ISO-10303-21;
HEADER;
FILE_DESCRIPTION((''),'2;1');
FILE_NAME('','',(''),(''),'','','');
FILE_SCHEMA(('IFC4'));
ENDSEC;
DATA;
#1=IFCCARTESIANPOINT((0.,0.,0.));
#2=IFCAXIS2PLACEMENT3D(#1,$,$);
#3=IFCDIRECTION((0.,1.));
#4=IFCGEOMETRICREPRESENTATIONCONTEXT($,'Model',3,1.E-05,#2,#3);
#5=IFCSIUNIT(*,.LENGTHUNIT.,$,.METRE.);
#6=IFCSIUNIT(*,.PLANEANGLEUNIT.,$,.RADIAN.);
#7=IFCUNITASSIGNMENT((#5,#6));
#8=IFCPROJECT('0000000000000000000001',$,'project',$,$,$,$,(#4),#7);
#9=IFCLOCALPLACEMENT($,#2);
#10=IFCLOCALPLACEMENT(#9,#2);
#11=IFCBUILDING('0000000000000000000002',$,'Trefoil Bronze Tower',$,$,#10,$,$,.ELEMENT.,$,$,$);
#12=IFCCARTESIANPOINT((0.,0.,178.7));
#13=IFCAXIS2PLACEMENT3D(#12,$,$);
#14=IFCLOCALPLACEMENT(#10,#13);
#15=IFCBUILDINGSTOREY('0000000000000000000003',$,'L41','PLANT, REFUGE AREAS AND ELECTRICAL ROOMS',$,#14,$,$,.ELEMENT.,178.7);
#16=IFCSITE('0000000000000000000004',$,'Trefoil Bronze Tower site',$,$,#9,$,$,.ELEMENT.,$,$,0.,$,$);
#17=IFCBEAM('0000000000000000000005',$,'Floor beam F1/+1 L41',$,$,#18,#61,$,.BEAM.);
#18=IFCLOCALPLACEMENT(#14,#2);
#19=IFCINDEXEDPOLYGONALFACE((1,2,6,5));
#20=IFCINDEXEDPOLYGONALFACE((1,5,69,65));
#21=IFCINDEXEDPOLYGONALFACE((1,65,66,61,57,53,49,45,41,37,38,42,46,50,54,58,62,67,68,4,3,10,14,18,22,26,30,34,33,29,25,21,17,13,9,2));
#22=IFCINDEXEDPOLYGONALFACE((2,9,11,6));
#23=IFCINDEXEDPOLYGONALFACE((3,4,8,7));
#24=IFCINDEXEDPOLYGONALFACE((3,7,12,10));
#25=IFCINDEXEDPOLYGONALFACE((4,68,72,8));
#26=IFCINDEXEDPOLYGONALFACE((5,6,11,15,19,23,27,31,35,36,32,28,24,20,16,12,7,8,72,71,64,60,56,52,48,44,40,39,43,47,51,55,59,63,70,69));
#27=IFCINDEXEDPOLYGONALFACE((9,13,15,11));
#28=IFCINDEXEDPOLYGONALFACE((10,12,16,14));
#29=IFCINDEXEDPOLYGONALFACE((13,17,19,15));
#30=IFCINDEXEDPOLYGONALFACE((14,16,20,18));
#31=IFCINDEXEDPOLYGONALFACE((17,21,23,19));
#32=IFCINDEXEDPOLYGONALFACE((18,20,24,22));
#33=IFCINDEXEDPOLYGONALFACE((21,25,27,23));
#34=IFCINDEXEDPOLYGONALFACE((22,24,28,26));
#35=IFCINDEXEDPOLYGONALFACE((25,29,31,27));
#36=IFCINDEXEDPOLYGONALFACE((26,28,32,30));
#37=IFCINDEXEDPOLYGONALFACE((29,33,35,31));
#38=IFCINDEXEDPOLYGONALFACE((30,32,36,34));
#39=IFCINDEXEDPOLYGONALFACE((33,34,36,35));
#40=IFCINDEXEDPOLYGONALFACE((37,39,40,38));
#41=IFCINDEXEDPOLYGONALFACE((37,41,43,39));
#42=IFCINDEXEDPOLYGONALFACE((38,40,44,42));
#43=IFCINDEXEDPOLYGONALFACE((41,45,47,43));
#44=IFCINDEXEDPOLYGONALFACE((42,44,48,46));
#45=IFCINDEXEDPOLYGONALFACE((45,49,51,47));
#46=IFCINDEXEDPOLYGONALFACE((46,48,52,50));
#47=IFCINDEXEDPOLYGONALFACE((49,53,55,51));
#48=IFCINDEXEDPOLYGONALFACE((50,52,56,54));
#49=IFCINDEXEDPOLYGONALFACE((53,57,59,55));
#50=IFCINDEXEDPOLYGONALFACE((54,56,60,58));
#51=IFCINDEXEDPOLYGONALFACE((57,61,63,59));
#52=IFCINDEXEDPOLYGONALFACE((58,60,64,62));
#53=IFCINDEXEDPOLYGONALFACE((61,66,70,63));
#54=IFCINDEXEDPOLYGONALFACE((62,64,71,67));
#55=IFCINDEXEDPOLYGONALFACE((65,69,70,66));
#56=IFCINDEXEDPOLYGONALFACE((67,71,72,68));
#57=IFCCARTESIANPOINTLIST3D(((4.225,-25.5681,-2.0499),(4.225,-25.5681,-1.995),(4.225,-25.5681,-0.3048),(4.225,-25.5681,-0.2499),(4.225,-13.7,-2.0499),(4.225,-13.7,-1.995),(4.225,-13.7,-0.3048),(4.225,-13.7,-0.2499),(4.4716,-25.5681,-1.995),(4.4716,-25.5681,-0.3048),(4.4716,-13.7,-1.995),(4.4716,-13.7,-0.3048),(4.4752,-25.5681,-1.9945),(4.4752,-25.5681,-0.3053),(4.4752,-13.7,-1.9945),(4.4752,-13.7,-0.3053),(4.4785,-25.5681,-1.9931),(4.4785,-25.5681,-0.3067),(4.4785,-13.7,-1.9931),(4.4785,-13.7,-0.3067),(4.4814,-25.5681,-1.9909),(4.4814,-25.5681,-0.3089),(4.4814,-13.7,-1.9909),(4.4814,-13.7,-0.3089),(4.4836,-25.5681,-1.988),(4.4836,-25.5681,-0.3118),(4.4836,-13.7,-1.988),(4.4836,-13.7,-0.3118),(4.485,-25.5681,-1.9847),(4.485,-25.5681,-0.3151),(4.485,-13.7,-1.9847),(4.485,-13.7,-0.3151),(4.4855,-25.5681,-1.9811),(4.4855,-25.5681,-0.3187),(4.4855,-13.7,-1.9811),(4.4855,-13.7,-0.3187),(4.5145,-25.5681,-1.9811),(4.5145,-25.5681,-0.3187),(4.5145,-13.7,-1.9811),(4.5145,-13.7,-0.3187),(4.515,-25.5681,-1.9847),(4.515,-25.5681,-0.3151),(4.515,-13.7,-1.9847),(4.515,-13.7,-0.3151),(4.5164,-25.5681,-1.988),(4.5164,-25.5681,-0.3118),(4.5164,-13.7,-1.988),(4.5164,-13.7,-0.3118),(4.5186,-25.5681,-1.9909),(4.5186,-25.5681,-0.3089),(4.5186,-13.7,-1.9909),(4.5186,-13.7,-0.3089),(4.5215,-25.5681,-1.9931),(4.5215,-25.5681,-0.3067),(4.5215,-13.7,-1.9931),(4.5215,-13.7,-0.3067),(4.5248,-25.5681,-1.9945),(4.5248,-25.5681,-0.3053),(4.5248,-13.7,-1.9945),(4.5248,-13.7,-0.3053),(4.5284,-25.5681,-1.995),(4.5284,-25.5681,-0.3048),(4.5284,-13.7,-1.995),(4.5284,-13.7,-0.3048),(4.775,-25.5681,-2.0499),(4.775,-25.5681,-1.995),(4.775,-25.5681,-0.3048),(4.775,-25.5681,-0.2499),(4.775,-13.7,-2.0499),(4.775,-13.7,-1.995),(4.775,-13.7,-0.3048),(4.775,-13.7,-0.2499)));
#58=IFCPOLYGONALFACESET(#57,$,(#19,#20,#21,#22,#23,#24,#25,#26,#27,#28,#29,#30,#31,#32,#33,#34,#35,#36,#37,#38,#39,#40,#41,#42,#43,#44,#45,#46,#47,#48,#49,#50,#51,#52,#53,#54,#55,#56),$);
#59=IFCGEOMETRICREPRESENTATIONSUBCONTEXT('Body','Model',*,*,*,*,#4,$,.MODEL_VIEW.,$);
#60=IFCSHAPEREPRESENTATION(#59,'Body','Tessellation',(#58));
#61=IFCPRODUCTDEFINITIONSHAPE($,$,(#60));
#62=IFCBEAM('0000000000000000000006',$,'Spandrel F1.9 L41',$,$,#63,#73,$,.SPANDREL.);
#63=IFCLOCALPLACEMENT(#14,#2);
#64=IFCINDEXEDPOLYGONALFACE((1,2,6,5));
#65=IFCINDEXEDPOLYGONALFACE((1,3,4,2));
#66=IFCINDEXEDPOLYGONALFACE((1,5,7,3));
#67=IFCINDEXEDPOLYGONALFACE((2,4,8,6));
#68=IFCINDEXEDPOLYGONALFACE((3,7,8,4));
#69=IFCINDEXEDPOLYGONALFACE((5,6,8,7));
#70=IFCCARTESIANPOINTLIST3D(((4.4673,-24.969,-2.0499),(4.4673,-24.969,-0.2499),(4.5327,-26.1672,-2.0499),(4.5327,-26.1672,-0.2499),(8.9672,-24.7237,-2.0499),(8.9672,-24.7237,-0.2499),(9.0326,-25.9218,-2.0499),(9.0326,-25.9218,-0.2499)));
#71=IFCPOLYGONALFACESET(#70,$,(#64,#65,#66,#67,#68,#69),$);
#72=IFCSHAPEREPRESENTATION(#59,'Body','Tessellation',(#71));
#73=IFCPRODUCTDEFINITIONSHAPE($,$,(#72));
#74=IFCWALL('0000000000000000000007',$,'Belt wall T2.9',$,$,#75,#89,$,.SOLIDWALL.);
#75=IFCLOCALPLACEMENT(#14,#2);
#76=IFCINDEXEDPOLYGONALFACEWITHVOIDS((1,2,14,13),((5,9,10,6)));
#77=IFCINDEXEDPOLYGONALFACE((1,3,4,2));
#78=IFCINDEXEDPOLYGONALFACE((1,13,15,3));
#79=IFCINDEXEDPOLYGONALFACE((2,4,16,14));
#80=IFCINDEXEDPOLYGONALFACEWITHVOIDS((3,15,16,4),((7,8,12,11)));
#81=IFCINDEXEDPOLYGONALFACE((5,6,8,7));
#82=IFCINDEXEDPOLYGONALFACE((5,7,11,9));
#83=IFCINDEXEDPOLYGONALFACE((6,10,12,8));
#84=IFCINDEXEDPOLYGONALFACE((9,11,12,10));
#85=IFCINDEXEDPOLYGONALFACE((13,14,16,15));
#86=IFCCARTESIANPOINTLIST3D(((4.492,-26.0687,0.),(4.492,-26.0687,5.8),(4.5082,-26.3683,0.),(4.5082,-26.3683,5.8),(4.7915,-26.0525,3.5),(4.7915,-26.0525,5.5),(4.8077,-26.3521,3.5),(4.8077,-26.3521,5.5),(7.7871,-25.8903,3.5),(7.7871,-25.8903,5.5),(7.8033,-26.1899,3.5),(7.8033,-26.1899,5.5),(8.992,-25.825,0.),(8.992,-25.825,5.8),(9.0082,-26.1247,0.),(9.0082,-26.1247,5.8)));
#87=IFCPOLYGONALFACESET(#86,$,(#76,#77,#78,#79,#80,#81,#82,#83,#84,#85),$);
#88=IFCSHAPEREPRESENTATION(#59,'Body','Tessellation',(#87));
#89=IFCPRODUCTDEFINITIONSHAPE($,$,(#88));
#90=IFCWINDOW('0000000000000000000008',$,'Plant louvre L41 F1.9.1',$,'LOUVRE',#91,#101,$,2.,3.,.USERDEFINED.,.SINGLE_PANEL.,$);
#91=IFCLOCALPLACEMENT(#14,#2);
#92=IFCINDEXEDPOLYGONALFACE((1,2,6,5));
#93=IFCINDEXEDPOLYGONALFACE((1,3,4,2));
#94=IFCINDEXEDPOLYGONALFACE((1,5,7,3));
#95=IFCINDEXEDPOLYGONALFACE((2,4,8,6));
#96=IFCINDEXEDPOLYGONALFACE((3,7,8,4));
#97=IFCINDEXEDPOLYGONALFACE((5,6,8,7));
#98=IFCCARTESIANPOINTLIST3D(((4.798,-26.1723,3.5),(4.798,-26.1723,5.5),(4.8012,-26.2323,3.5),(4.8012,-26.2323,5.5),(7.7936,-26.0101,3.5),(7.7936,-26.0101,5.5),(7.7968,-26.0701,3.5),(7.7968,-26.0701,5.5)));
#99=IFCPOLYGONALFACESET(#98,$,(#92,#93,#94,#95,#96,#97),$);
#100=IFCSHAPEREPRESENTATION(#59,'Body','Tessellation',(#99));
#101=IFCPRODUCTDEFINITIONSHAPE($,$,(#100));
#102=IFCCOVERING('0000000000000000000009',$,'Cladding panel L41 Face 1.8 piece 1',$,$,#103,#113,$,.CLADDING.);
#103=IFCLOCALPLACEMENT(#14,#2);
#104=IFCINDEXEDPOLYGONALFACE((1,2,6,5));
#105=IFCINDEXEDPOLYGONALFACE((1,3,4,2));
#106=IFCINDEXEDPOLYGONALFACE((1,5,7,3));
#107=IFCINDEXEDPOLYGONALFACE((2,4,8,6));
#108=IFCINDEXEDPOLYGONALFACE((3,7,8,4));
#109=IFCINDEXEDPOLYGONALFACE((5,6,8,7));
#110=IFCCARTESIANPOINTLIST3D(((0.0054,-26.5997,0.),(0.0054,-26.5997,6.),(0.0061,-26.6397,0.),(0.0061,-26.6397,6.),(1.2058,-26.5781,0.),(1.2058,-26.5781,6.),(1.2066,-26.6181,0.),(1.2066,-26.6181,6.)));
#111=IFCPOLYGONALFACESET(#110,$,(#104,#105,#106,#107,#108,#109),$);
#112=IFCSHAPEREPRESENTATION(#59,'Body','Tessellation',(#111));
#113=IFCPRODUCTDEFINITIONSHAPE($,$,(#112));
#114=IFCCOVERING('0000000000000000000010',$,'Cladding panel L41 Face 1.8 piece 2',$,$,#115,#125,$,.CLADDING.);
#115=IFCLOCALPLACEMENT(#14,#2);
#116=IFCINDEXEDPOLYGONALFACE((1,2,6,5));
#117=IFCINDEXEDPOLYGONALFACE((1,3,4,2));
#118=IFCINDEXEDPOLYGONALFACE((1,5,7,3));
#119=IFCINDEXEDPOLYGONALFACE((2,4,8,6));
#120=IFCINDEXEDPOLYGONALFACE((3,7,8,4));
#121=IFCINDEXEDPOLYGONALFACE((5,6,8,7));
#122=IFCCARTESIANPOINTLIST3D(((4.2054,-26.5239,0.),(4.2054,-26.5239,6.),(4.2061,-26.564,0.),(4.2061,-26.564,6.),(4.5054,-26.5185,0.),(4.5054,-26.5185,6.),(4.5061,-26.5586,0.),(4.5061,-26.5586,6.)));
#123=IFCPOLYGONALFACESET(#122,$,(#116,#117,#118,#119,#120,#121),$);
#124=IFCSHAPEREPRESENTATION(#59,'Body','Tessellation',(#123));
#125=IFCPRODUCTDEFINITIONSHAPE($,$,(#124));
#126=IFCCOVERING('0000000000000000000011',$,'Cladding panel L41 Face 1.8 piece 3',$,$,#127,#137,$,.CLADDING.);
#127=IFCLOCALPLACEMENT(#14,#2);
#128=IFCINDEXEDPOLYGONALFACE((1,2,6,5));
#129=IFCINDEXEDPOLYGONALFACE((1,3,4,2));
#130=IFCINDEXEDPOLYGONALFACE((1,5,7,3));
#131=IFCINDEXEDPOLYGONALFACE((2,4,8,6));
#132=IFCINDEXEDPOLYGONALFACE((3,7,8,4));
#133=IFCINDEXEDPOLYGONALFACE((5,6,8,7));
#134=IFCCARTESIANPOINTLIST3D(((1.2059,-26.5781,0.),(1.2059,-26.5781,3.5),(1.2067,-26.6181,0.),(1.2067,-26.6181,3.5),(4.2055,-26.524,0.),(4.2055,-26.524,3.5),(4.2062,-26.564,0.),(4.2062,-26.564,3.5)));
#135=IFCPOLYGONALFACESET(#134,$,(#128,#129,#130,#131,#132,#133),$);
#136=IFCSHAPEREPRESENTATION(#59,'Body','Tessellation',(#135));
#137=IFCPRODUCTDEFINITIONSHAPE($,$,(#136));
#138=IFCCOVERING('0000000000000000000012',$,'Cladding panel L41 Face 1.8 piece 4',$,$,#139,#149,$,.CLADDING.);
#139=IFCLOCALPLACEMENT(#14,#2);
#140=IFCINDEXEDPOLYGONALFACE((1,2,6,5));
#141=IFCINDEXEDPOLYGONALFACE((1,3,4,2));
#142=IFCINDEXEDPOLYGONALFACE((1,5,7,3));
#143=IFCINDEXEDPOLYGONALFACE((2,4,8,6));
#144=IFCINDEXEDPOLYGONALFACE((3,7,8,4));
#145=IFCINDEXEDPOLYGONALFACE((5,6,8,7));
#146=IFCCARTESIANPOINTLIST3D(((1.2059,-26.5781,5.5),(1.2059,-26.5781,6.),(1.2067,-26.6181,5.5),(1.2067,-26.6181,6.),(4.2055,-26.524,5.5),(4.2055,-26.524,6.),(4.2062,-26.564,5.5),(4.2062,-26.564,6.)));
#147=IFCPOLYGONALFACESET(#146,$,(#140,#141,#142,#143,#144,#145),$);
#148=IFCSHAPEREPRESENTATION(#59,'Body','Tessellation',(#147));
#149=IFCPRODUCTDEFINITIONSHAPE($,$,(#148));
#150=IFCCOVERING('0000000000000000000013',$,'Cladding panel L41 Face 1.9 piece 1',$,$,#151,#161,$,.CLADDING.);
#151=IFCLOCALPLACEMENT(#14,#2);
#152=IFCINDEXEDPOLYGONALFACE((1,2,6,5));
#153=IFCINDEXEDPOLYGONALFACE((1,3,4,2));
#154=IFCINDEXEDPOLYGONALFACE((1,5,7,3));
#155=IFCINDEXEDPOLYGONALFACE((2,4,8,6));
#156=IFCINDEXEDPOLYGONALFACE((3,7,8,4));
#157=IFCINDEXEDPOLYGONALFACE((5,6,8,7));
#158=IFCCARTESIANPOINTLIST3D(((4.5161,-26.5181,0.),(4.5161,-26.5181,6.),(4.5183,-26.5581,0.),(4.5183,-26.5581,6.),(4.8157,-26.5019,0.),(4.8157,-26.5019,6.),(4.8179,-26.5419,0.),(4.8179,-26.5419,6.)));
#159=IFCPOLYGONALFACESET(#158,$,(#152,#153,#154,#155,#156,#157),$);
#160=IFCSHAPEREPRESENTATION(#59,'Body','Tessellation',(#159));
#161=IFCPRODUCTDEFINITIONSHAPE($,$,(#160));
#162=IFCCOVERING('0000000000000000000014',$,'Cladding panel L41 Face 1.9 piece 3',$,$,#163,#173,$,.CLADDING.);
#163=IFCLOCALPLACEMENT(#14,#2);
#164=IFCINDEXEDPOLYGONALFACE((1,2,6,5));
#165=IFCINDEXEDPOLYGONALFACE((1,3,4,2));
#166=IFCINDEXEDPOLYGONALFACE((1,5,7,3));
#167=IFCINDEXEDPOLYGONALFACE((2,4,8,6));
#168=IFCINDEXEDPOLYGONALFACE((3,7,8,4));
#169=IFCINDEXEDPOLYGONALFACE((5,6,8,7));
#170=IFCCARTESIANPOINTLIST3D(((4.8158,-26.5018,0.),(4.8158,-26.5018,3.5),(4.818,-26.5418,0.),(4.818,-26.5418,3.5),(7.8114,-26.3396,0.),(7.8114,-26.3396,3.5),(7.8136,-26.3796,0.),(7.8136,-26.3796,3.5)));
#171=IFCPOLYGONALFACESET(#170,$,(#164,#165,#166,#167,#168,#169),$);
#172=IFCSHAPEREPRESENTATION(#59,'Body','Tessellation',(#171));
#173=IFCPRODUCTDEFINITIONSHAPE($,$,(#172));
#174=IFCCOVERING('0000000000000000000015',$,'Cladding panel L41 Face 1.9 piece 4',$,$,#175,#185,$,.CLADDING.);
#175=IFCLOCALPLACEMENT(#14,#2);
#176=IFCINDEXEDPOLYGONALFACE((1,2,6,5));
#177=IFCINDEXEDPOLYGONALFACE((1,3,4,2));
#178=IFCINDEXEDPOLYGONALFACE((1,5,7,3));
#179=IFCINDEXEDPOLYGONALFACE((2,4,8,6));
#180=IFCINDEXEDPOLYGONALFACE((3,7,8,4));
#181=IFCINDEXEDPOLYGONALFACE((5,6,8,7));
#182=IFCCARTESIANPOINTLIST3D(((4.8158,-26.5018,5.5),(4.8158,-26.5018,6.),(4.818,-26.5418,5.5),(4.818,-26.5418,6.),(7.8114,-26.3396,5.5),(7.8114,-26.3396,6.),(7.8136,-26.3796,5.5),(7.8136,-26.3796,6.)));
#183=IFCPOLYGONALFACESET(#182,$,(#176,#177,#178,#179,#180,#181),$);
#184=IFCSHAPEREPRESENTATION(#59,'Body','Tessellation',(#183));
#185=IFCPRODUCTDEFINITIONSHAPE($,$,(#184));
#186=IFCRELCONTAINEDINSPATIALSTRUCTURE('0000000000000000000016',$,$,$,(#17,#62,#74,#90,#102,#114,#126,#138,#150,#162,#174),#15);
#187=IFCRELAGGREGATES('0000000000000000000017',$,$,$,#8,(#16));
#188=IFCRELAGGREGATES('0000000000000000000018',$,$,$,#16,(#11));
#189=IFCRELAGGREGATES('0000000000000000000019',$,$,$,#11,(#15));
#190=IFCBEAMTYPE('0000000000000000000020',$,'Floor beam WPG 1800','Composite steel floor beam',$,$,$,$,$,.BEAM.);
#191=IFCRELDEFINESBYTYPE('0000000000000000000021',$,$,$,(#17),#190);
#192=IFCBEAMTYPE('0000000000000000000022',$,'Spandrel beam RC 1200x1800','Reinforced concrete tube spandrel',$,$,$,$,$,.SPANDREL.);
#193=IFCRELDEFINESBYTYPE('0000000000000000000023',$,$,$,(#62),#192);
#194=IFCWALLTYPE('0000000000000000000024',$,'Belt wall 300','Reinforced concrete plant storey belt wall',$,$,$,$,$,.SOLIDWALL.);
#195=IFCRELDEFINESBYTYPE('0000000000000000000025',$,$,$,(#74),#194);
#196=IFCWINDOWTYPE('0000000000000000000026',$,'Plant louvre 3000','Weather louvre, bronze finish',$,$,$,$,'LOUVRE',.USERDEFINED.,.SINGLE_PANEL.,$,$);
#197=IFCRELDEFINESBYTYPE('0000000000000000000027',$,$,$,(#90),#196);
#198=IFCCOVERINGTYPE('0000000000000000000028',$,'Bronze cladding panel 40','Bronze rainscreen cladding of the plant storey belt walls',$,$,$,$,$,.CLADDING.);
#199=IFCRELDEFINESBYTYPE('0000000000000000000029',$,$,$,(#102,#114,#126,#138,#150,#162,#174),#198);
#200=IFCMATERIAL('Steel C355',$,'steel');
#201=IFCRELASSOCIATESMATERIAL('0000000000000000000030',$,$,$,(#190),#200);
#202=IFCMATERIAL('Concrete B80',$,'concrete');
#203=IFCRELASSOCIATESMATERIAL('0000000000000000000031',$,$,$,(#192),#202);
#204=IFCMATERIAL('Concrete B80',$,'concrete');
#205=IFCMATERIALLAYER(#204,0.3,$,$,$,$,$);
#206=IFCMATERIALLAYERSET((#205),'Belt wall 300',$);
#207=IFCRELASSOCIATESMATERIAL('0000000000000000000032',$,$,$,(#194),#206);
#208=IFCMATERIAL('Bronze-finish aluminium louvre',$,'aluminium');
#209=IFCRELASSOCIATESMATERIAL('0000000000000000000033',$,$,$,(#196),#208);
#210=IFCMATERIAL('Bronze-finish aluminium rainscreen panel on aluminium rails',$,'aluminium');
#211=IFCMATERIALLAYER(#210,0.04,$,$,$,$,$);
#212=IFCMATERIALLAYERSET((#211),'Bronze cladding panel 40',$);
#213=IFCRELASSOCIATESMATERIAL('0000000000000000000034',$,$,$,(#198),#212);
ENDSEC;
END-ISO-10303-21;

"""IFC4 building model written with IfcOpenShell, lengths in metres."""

from ifc_helpers import new_model, si_unit, direction, frame, frame_2d, origin, origin_2d, place, context, subcontext, project, spatial, rectangle, i_section, extrude, material, layer, layer_set, material_profile, profile_set, type_object, element, fill, save


model = new_model("IFC4")

# Units and contexts
model_context = context("Model", 3, precision=1e-05, world=origin(), true_north=direction((0.0, 1.0)))
body_context = subcontext(model_context, "Body", "Model", "MODEL_VIEW")
ifc_project = project(units=[si_unit("LENGTHUNIT", "METRE"), si_unit("PLANEANGLEUNIT", "RADIAN")], contexts=[model_context])

# Site, building, storey
site_placement = place(None, origin())
site = spatial("IfcSite", under=ifc_project, at=site_placement, Name="Trefoil Bronze Tower site", CompositionType="ELEMENT", RefElevation=0.0)
building_placement = place(site_placement, origin())
building = spatial("IfcBuilding", under=site, at=building_placement, Name="Trefoil Bronze Tower", CompositionType="ELEMENT")
storey_placement = place(building_placement, frame((0.0, 0.0, 178.7)))
storey = spatial("IfcBuildingStorey", under=building, at=storey_placement, Name="L41", Description="PLANT, REFUGE AREAS AND ELECTRICAL ROOMS", CompositionType="ELEMENT", Elevation=178.7)

# Beams
ifc_material_1 = material(Name="Steel C355", Category="steel")
ifc_material_profile_1 = material_profile(ifc_material_1, i_section(OverallWidth=0.55, OverallDepth=1.8, WebThickness=0.0291, FlangeThickness=0.0549, FilletRadius=0.0139, at=origin_2d()), Name="WPG 1800")
ifc_profile_set_1 = profile_set([ifc_material_profile_1], Name="Steel C355")
beam_type_1 = type_object("IfcBeamType", Name="Floor beam WPG 1800", Description="Composite steel floor beam", PredefinedType="BEAM", material=ifc_profile_set_1)
beam_1_placement = place(storey_placement, frame((4.5, -25.5681, -1.1499), z_axis=(0.0, 1.0, 0.0), x_axis=(-1.0, 0.0, 0.0)))
element("IfcBeam", 1, at=beam_1_placement, inside=storey, type_object=beam_type_1, Name="Floor beam F1/+1 L41", PredefinedType="BEAM", context=body_context, shape_type="SweptSolid", body=[
    extrude(i_section(OverallWidth=0.55, OverallDepth=1.8, WebThickness=0.0291, FlangeThickness=0.0549, FilletRadius=0.0139, at=origin_2d()), origin(), (0.0, 0.0, 1.0), 11.8682),
])
ifc_material_2 = material(Name="Concrete B80", Category="concrete")
ifc_material_profile_2 = material_profile(ifc_material_2, rectangle(XDim=1.2, YDim=1.8, at=origin_2d()), Name="RC 1200x1800")
ifc_profile_set_2 = profile_set([ifc_material_profile_2], Name="Concrete B80")
beam_type_2 = type_object("IfcBeamType", Name="Spandrel beam RC 1200x1800", Description="Reinforced concrete tube spandrel", PredefinedType="SPANDREL", material=ifc_profile_set_2)
beam_2_placement = place(storey_placement, frame((4.5, -25.5681, -1.1499), z_axis=(0.998517, 0.054444, 0.0), x_axis=(-0.054444, 0.998517, 0.0)))
element("IfcBeam", 2, at=beam_2_placement, inside=storey, type_object=beam_type_2, Name="Spandrel F1.9 L41", PredefinedType="SPANDREL", context=body_context, shape_type="SweptSolid", body=[
    extrude(rectangle(XDim=1.2, YDim=1.8, at=origin_2d()), origin(), (0.0, 0.0, 1.0), 4.5066),
])

# Wall, opening, window
ifc_material_3 = material(Name="Concrete B80", Category="concrete")
ifc_layer_1 = layer(ifc_material_3, 0.3)
ifc_layer_set_1 = layer_set([ifc_layer_1], Name="Belt wall 300")
wall_type = type_object("IfcWallType", Name="Belt wall 300", Description="Reinforced concrete plant storey belt wall", PredefinedType="SOLIDWALL", material=ifc_layer_set_1)
wall_placement = place(storey_placement, frame((4.5, -26.2185, 0.0), z_axis=(0.0, 0.0, 1.0), x_axis=(0.998537, 0.054066, 0.0)))
wall = element("IfcWall", 3, at=wall_placement, inside=storey, type_object=wall_type, Name="Belt wall T2.9", PredefinedType="SOLIDWALL", context=body_context, shape_type="SweptSolid", body=[
    extrude(rectangle(XDim=4.5066, YDim=0.3, at=frame_2d((2.2534, 0.0))), origin(), (0.0, 0.0, 1.0), 5.8),
])
opening_placement = place(wall_placement, frame((0.3, 0.0, 3.5)))
opening = element("IfcOpeningElement", 4, at=opening_placement, cuts=wall, PredefinedType="OPENING", context=body_context, shape_type="SweptSolid", body=[
    extrude(rectangle(XDim=3.0, YDim=2.0, at=frame_2d((1.5, 1.0))), frame((0.0, 0.1599, 0.0), z_axis=(0.0, -1.0, 0.0), x_axis=(1.0, 0.0, 0.0)), (0.0, 0.0, 1.0), 0.3201),
])
ifc_material_4 = material(Name="Bronze-finish aluminium louvre", Category="aluminium")
window_type = type_object("IfcWindowType", Name="Plant louvre 3000", Description="Weather louvre, bronze finish", ElementType="LOUVRE", PartitioningType="SINGLE_PANEL", PredefinedType="USERDEFINED", material=ifc_material_4)
window_placement = place(opening_placement, origin())
window = element("IfcWindow", 5, at=window_placement, inside=storey, type_object=window_type, Name="Plant louvre L41 F1.9.1", ObjectType="LOUVRE", OverallHeight=2.0, OverallWidth=3.0, PartitioningType="SINGLE_PANEL", PredefinedType="USERDEFINED", context=body_context, shape_type="SweptSolid", body=[
    extrude(rectangle(XDim=3.0, YDim=2.0, at=frame_2d((1.5, 1.0))), frame((0.0, 0.03, 0.0), z_axis=(0.0, -1.0, 0.0), x_axis=(1.0, 0.0, 0.0)), (0.0, 0.0, 1.0), 0.0601),
])
fill(opening, window)

# Coverings
ifc_material_5 = material(Name="Bronze-finish aluminium rainscreen panel on aluminium rails", Category="aluminium")
ifc_layer_2 = layer(ifc_material_5, 0.04)
ifc_layer_set_2 = layer_set([ifc_layer_2], Name="Bronze cladding panel 40")
covering_type_1 = type_object("IfcCoveringType", Name="Bronze cladding panel 40", Description="Bronze rainscreen cladding of the plant storey belt walls", PredefinedType="CLADDING", material=ifc_layer_set_2)
covering_1_placement = place(storey_placement, frame((0.606, -26.6089, 0.0), z_axis=(0.0, 0.0, 1.0), x_axis=(0.999838, 0.018021, 0.0)))
element("IfcCovering", 6, at=covering_1_placement, inside=storey, type_object=covering_type_1, Name="Cladding panel L41 Face 1.8 piece 1", PredefinedType="CLADDING", context=body_context, shape_type="SweptSolid", body=[
    extrude(rectangle(XDim=1.2007, YDim=0.04, at=origin_2d()), origin(), (0.0, 0.0, 1.0), 6.0),
])
covering_2_placement = place(storey_placement, frame((4.3557, -26.5413, 0.0), z_axis=(0.0, 0.0, 1.0), x_axis=(0.999838, 0.018021, 0.0)))
element("IfcCovering", 7, at=covering_2_placement, inside=storey, type_object=covering_type_1, Name="Cladding panel L41 Face 1.8 piece 2", PredefinedType="CLADDING", context=body_context, shape_type="SweptSolid", body=[
    extrude(rectangle(XDim=0.3, YDim=0.04, at=origin_2d()), origin(), (0.0, 0.0, 1.0), 6.0),
])
covering_3_placement = place(storey_placement, frame((2.7061, -26.571, 0.0), z_axis=(0.0, 0.0, 1.0), x_axis=(0.999838, 0.018021, 0.0)))
element("IfcCovering", 8, at=covering_3_placement, inside=storey, type_object=covering_type_1, Name="Cladding panel L41 Face 1.8 piece 3", PredefinedType="CLADDING", context=body_context, shape_type="SweptSolid", body=[
    extrude(rectangle(XDim=3.0, YDim=0.04, at=origin_2d()), origin(), (0.0, 0.0, 1.0), 3.5),
])
covering_4_placement = place(storey_placement, frame((2.7061, -26.571, 5.5), z_axis=(0.0, 0.0, 1.0), x_axis=(0.999838, 0.018021, 0.0)))
element("IfcCovering", 9, at=covering_4_placement, inside=storey, type_object=covering_type_1, Name="Cladding panel L41 Face 1.8 piece 4", PredefinedType="CLADDING", context=body_context, shape_type="SweptSolid", body=[
    extrude(rectangle(XDim=3.0, YDim=0.04, at=origin_2d()), origin(), (0.0, 0.0, 1.0), 0.5),
])
covering_5_placement = place(storey_placement, frame((4.667, -26.53, 0.0), z_axis=(0.0, 0.0, 1.0), x_axis=(0.998538, 0.054063, 0.0)))
element("IfcCovering", 10, at=covering_5_placement, inside=storey, type_object=covering_type_1, Name="Cladding panel L41 Face 1.9 piece 1", PredefinedType="CLADDING", context=body_context, shape_type="SweptSolid", body=[
    extrude(rectangle(XDim=0.3, YDim=0.04, at=origin_2d()), origin(), (0.0, 0.0, 1.0), 6.0),
])
covering_6_placement = place(storey_placement, frame((6.3147, -26.4407, 0.0), z_axis=(0.0, 0.0, 1.0), x_axis=(0.998538, 0.054063, 0.0)))
element("IfcCovering", 11, at=covering_6_placement, inside=storey, type_object=covering_type_1, Name="Cladding panel L41 Face 1.9 piece 3", PredefinedType="CLADDING", context=body_context, shape_type="SweptSolid", body=[
    extrude(rectangle(XDim=3.0, YDim=0.04, at=origin_2d()), origin(), (0.0, 0.0, 1.0), 3.5),
])
covering_7_placement = place(storey_placement, frame((6.3147, -26.4407, 5.5), z_axis=(0.0, 0.0, 1.0), x_axis=(0.998538, 0.054063, 0.0)))
element("IfcCovering", 12, at=covering_7_placement, inside=storey, type_object=covering_type_1, Name="Cladding panel L41 Face 1.9 piece 4", PredefinedType="CLADDING", context=body_context, shape_type="SweptSolid", body=[
    extrude(rectangle(XDim=3.0, YDim=0.04, at=origin_2d()), origin(), (0.0, 0.0, 1.0), 0.5),
])

save(model, "model.ifc")
